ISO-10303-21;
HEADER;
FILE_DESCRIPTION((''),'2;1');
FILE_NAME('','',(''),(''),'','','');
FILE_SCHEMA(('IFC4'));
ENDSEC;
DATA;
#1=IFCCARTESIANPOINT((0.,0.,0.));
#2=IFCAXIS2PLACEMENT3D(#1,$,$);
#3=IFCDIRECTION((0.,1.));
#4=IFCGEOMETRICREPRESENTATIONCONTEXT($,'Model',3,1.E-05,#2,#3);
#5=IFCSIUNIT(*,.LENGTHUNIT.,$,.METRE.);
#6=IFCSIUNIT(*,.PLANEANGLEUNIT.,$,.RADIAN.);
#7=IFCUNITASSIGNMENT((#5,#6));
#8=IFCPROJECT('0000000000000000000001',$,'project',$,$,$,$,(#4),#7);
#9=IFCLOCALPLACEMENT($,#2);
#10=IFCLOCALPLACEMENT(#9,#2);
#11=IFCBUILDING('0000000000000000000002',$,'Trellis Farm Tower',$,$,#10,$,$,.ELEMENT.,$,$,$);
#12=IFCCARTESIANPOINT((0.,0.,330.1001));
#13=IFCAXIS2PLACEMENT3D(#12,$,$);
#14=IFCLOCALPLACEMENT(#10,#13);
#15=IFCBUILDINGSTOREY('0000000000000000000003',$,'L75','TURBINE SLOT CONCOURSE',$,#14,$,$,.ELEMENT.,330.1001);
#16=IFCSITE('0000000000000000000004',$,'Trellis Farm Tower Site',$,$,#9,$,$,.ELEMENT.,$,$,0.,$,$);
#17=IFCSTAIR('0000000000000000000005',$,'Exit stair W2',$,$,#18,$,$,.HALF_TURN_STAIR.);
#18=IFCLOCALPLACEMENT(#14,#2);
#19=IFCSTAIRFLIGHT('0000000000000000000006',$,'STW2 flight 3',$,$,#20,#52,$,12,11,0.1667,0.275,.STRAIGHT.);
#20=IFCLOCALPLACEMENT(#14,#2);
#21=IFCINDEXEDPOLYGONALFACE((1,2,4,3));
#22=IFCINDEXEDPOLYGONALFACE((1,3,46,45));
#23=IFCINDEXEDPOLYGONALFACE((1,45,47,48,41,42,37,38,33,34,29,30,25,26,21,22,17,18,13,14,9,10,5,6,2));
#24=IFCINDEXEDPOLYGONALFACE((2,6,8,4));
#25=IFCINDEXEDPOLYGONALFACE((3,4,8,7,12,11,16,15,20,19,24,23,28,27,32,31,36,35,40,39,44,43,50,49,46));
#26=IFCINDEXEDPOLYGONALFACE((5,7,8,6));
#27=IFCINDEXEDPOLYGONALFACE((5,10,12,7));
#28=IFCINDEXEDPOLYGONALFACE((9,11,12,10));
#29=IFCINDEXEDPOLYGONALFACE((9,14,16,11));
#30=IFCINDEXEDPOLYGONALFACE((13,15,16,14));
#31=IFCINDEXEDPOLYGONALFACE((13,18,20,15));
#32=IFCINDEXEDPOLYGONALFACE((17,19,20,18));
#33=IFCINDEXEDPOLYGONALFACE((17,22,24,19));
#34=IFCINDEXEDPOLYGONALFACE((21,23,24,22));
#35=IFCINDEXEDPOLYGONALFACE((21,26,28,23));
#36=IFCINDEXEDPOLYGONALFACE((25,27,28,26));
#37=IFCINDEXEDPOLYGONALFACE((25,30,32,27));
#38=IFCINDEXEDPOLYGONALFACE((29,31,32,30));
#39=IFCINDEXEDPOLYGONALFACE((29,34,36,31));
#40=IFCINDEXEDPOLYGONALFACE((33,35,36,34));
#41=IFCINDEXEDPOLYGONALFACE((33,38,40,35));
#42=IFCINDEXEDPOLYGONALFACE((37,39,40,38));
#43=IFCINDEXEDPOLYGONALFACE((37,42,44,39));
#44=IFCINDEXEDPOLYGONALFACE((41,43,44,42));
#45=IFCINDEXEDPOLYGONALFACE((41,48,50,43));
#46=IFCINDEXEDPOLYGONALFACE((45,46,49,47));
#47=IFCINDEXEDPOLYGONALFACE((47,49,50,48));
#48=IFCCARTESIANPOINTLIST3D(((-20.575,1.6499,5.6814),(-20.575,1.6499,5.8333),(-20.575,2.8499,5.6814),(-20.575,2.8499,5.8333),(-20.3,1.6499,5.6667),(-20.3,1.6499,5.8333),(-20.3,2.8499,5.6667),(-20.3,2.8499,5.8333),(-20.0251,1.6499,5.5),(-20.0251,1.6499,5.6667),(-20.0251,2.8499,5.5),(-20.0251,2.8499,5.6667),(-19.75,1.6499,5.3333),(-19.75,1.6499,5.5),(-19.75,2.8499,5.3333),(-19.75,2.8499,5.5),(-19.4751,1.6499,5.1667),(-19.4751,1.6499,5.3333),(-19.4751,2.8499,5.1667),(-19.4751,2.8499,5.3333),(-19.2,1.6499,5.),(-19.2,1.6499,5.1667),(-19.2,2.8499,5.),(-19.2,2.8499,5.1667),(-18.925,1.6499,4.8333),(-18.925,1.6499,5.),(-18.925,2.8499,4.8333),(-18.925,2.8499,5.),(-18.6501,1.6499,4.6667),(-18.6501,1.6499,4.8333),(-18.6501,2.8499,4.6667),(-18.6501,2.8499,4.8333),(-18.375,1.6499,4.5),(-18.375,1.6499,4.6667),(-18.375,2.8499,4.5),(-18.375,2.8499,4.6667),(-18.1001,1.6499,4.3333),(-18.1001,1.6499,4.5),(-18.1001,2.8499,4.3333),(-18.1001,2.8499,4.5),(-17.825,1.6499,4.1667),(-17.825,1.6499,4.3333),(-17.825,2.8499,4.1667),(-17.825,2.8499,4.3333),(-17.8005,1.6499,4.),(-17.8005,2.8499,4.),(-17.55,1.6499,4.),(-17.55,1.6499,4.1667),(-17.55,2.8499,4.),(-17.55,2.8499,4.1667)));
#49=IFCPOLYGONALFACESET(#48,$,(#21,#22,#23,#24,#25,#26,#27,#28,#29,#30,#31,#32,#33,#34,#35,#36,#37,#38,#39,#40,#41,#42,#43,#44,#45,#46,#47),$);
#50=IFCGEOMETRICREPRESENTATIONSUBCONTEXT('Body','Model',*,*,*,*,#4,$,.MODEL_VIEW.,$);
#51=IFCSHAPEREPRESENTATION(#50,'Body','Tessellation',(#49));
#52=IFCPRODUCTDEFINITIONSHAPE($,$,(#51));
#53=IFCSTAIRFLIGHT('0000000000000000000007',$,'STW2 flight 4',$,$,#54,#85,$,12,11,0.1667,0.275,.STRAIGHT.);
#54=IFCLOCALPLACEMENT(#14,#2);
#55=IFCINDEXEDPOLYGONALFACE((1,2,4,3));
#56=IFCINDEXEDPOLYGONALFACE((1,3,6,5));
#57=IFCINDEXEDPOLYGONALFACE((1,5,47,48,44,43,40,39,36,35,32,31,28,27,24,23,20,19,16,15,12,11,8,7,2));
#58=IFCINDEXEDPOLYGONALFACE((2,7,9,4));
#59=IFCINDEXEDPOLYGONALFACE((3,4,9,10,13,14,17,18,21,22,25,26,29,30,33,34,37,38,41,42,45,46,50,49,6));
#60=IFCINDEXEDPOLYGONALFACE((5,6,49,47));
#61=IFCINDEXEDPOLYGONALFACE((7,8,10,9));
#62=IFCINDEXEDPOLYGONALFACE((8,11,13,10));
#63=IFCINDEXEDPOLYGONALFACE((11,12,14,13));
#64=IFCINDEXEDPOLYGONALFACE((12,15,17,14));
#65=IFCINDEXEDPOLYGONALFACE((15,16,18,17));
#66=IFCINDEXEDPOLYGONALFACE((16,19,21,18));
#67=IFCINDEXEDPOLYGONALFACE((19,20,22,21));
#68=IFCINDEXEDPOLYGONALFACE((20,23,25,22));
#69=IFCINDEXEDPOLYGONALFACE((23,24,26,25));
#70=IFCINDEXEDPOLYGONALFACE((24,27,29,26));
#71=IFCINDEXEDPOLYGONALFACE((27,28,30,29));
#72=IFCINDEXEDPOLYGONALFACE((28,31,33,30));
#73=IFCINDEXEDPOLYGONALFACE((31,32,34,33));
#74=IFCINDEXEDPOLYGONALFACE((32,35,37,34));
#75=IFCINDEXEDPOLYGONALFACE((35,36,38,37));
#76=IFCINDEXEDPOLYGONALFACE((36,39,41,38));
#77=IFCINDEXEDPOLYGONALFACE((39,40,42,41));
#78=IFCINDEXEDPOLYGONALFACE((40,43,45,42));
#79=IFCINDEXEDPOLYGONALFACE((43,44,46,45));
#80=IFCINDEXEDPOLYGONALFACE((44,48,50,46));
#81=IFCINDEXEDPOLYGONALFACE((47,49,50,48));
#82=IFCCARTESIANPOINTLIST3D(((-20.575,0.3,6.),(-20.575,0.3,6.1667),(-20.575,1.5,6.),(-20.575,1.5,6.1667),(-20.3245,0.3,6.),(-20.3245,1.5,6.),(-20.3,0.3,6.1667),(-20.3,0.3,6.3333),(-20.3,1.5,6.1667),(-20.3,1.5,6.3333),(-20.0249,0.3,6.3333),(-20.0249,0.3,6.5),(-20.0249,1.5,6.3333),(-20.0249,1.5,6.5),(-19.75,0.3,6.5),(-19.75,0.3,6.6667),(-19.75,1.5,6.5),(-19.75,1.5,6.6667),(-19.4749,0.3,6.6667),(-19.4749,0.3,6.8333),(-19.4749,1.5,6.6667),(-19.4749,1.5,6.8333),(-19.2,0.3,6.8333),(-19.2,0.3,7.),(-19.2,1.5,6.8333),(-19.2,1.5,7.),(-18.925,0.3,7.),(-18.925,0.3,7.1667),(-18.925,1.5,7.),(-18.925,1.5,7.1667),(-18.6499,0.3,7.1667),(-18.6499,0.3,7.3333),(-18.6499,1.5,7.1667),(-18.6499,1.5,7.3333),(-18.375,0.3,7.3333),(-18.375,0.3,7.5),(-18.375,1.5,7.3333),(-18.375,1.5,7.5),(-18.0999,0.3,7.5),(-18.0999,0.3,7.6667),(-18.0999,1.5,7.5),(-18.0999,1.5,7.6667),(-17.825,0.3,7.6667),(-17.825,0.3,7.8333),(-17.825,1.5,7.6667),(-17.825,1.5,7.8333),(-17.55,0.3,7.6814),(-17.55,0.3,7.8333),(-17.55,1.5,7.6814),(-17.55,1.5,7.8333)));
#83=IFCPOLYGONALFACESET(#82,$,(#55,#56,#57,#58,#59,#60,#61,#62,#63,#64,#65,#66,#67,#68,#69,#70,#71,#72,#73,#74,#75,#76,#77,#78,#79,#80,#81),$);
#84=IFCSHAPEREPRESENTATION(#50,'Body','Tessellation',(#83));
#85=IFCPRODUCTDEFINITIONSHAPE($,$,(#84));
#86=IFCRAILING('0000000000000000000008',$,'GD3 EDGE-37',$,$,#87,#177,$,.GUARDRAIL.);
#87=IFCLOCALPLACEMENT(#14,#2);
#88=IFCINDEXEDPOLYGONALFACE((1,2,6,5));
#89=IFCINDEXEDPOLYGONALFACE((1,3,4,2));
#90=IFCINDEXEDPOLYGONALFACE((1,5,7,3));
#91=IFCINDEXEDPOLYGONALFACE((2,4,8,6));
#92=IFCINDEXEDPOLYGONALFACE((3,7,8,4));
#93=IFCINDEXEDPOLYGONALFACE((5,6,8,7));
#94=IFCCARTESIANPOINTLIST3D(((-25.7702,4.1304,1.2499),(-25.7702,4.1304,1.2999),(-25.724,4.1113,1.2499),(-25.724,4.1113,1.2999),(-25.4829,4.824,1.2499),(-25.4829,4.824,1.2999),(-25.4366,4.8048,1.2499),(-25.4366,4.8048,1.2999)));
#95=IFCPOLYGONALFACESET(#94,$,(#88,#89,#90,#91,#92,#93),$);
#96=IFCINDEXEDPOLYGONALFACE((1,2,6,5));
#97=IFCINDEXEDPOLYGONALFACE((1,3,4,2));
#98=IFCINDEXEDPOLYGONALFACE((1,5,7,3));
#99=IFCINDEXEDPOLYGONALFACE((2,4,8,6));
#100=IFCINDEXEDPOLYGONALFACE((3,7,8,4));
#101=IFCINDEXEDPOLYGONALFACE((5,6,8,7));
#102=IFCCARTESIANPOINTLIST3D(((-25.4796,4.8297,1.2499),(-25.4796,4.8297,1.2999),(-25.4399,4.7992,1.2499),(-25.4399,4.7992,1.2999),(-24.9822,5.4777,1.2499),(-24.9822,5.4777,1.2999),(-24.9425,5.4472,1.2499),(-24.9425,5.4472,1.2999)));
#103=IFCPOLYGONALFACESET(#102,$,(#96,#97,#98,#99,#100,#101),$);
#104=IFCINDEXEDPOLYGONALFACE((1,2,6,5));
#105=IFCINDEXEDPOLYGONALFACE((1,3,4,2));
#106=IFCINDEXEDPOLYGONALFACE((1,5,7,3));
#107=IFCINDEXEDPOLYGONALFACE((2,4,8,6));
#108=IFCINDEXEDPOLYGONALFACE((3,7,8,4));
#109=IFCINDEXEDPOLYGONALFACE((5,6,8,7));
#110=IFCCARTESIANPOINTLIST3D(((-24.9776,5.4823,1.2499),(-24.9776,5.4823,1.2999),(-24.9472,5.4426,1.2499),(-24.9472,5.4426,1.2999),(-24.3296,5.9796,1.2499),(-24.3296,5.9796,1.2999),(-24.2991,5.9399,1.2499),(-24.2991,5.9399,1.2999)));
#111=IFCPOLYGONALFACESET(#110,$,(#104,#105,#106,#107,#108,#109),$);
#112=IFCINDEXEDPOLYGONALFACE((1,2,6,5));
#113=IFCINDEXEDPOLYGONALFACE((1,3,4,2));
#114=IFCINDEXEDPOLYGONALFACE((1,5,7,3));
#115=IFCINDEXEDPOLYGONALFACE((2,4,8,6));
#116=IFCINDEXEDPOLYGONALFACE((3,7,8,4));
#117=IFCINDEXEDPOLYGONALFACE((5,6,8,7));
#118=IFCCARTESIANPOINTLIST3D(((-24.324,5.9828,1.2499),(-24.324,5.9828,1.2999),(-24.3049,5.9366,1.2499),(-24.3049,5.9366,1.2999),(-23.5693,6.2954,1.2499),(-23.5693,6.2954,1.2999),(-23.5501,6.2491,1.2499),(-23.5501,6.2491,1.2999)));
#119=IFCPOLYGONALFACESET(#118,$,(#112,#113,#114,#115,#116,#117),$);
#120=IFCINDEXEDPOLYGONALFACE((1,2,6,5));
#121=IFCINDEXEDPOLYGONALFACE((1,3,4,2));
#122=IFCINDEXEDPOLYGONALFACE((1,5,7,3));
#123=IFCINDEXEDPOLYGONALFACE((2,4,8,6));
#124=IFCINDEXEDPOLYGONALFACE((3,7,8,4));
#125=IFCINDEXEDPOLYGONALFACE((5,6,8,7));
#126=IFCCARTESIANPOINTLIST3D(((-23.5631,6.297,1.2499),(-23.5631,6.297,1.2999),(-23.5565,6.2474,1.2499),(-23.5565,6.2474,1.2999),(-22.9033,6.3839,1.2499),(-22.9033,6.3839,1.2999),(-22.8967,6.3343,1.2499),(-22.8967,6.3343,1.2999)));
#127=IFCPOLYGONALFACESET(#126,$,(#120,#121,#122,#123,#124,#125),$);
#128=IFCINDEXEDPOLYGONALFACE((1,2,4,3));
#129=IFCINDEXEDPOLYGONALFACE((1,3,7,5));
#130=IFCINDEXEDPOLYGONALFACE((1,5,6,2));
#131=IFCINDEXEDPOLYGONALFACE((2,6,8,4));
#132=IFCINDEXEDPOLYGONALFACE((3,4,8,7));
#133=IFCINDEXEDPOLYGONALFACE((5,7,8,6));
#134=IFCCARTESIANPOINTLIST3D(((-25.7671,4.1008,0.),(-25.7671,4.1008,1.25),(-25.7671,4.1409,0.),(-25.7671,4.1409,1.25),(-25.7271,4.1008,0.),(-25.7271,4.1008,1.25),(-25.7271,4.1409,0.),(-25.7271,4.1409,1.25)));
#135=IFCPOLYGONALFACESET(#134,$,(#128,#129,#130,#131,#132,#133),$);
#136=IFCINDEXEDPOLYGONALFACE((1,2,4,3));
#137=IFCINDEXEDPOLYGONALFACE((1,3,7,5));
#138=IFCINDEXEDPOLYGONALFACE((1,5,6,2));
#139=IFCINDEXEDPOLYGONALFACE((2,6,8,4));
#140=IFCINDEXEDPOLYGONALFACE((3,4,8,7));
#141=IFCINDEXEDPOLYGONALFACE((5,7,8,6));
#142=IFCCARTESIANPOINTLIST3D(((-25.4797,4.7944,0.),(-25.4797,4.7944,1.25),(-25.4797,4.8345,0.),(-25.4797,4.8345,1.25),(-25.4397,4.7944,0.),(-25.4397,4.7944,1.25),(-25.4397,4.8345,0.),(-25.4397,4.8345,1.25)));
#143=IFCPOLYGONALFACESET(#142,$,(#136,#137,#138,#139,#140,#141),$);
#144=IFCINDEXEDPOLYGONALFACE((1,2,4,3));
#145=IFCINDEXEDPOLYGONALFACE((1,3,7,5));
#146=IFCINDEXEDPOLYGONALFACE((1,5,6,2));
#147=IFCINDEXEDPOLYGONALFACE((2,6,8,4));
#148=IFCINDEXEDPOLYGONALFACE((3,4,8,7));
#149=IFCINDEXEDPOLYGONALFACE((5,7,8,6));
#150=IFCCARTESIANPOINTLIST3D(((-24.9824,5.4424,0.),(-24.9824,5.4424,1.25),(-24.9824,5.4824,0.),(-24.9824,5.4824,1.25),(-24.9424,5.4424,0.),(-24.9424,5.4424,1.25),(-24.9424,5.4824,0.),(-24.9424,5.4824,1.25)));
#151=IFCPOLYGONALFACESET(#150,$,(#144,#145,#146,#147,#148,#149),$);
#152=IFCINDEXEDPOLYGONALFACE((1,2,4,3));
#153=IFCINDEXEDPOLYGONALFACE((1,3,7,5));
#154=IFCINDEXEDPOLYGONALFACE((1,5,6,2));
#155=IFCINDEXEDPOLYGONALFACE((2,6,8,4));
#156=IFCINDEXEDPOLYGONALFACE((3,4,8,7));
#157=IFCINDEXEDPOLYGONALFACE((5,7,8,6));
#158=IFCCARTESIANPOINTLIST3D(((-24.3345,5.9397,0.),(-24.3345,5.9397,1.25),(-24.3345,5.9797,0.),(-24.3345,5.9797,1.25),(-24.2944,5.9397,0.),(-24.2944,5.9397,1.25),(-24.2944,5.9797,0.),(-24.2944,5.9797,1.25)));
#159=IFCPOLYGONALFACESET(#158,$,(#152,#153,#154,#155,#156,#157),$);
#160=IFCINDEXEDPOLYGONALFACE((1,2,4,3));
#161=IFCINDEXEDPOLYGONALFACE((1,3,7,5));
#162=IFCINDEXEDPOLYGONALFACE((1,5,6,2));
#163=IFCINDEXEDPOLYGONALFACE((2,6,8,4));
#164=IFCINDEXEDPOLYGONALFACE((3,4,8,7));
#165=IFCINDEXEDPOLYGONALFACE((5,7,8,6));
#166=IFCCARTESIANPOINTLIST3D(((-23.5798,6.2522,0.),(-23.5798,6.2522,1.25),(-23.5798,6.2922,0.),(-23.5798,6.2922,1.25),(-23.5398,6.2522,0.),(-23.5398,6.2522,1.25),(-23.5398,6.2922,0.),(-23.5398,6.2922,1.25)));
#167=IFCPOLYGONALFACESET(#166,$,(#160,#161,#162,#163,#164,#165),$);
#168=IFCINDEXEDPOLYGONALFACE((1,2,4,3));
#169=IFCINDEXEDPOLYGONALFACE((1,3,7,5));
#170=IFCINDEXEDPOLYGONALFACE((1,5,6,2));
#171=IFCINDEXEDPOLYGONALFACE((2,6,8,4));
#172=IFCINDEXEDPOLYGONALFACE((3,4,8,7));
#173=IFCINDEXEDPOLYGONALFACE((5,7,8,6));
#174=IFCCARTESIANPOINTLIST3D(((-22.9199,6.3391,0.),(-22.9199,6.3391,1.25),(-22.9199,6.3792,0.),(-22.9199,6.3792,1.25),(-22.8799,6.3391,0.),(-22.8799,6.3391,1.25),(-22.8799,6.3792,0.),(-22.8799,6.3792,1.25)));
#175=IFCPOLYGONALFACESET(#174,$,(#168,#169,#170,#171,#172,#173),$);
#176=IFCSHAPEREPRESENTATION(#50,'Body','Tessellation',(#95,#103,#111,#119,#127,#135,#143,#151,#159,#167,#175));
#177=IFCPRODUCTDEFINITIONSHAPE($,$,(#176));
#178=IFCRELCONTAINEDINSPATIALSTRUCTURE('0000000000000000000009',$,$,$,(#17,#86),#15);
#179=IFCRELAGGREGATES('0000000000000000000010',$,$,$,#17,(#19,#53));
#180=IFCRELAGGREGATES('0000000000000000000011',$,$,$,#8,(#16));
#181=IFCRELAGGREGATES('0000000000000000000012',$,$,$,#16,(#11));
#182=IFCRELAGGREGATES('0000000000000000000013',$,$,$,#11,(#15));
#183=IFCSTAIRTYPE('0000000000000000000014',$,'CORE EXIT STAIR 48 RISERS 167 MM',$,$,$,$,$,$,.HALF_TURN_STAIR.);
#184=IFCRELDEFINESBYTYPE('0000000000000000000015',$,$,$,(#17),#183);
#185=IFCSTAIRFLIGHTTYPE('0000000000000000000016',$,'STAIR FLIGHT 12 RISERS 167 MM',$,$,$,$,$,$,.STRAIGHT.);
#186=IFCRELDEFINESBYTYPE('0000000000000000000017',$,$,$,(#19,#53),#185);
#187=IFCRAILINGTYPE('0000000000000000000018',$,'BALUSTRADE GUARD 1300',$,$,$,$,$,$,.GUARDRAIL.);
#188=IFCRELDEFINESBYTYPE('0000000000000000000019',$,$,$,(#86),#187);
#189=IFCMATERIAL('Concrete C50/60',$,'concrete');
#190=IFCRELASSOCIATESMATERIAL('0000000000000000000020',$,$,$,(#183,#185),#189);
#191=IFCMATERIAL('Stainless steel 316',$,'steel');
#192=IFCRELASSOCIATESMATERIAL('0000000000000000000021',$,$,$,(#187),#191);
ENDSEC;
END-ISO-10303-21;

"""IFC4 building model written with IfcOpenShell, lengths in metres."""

from ifc_helpers import new_model, si_unit, direction, frame, origin, origin_2d, place, context, subcontext, project, spatial, polyline, rectangle, outline, extrude, source, transform, mapped, material, type_object, element, aggregate, save


model = new_model("IFC4")

# Units and contexts
model_context = context("Model", 3, precision=1e-05, world=origin(), true_north=direction((0.0, 1.0)))
body_context = subcontext(model_context, "Body", "Model", "MODEL_VIEW")
ifc_project = project(units=[si_unit("LENGTHUNIT", "METRE"), si_unit("PLANEANGLEUNIT", "RADIAN")], contexts=[model_context])

# Site, building, storey
site_placement = place(None, origin())
site = spatial("IfcSite", under=ifc_project, at=site_placement, Name="Trellis Farm Tower Site", CompositionType="ELEMENT", RefElevation=0.0)
building_placement = place(site_placement, origin())
building = spatial("IfcBuilding", under=site, at=building_placement, Name="Trellis Farm Tower", CompositionType="ELEMENT")
storey_placement = place(building_placement, frame((0.0, 0.0, 330.1001)))
storey = spatial("IfcBuildingStorey", under=building, at=storey_placement, Name="L75", Description="TURBINE SLOT CONCOURSE", CompositionType="ELEMENT", Elevation=330.1001)

# Shared definitions
ifc_material_1 = material(Name="Concrete C50/60", Category="concrete")

# Stair, stair flights
stair_type = type_object("IfcStairType", Name="CORE EXIT STAIR 48 RISERS 167 MM", PredefinedType="HALF_TURN_STAIR", material=ifc_material_1)
placement = place(storey_placement, origin())
stair_flight_type = type_object("IfcStairFlightType", Name="STAIR FLIGHT 12 RISERS 167 MM", PredefinedType="STRAIGHT", material=ifc_material_1)
shared_shape_1 = source(origin(), body_context, "Body", "SweptSolid", [
    extrude(outline(polyline([(0.0, 0.0), (0.0, 0.1667), (0.2749, 0.1667), (0.2749, 0.3333), (0.55, 0.3333), (0.55, 0.5), (0.825, 0.5), (0.825, 0.6667), (1.1001, 0.6667), (1.1001, 0.8333), (1.375, 0.8333), (1.375, 1.0), (1.6499, 1.0), (1.6499, 1.1667), (1.925, 1.1667), (1.925, 1.3333), (2.2, 1.3333), (2.2, 1.5), (2.4751, 1.5), (2.4751, 1.6667), (2.75, 1.6667), (2.75, 1.8333), (3.0249, 1.8333), (3.0249, 2.0), (3.0249, 1.6814), (0.2505, 0.0), (0.0, 0.0)])), frame((0.0, 0.6001, 0.0), z_axis=(0.0, -1.0, 0.0), x_axis=(1.0, 0.0, 0.0)), (0.0, 0.0, 1.0), 1.2),
])
stair_1 = element("IfcStair", 1, at=placement, inside=storey, type_object=stair_type, Name="Exit stair W2", PredefinedType="HALF_TURN_STAIR")
stair_flight_1_placement = place(storey_placement, frame((-17.55, 2.25, 4.0), z_axis=(0.0, 0.0, 1.0), x_axis=(-1.0, 0.0, 0.0)))
stair_flight_1 = element("IfcStairFlight", 2, at=stair_flight_1_placement, type_object=stair_flight_type, Name="STW2 flight 3", NumberOfRisers=12, NumberOfTreads=11, PredefinedType="STRAIGHT", RiserHeight=0.1667, TreadLength=0.275, context=body_context, shape_type="MappedRepresentation", body=[
    mapped(shared_shape_1, transform((0.0, 0.0, 0.0))),
])
stair_flight_2_placement = place(storey_placement, frame((-20.575, 0.8999, 6.0), z_axis=(0.0, 0.0, 1.0), x_axis=(1.0, 0.0, 0.0)))
stair_flight_2 = element("IfcStairFlight", 3, at=stair_flight_2_placement, type_object=stair_flight_type, Name="STW2 flight 4", NumberOfRisers=12, NumberOfTreads=11, PredefinedType="STRAIGHT", RiserHeight=0.1667, TreadLength=0.275, context=body_context, shape_type="MappedRepresentation", body=[
    mapped(shared_shape_1, transform((0.0, 0.0, 0.0))),
])
aggregate(stair_1, [stair_flight_1, stair_flight_2])

# Railing
ifc_material_2 = material(Name="Stainless steel 316", Category="steel")
railing_type_1 = type_object("IfcRailingType", Name="BALUSTRADE GUARD 1300", PredefinedType="GUARDRAIL", material=ifc_material_2)
railing_1_placement = place(storey_placement, frame((-25.7471, 4.1208, 0.0)))
element("IfcRailing", 4, at=railing_1_placement, inside=storey, type_object=railing_type_1, Name="GD3 EDGE-37", PredefinedType="GUARDRAIL", context=body_context, shape_type="SweptSolid", body=[
    extrude(rectangle(XDim=0.05, YDim=0.05, at=origin_2d()), frame((0.0, 0.0, 1.2749), z_axis=(0.382744, 0.923854, 0.0), x_axis=(-0.923854, 0.382744, 0.0)), (0.0, 0.0, 1.0), 0.7507),
    extrude(rectangle(XDim=0.05, YDim=0.05, at=origin_2d()), frame((0.2874, 0.6936, 1.2749), z_axis=(0.608858, 0.793279, 0.0), x_axis=(-0.793279, 0.608858, 0.0)), (0.0, 0.0, 1.0), 0.8169),
    extrude(rectangle(XDim=0.05, YDim=0.05, at=origin_2d()), frame((0.7847, 1.3416, 1.2749), z_axis=(0.793279, 0.608858, 0.0), x_axis=(-0.608858, 0.793279, 0.0)), (0.0, 0.0, 1.0), 0.8169),
    extrude(rectangle(XDim=0.05, YDim=0.05, at=origin_2d()), frame((1.4326, 1.8389, 1.2749), z_axis=(0.923915, 0.382598, 0.0), x_axis=(-0.382598, 0.923915, 0.0)), (0.0, 0.0, 1.0), 0.8169),
    extrude(rectangle(XDim=0.05, YDim=0.05, at=origin_2d()), frame((2.1873, 2.1514, 1.2749), z_axis=(0.991438, 0.130578, 0.0), x_axis=(-0.130578, 0.991438, 0.0)), (0.0, 0.0, 1.0), 0.6655),
    extrude(rectangle(XDim=0.04, YDim=0.04, at=origin_2d()), origin(), (0.0, 0.0, 1.0), 1.25),
    extrude(rectangle(XDim=0.04, YDim=0.04, at=origin_2d()), frame((0.2874, 0.6936, 0.0)), (0.0, 0.0, 1.0), 1.25),
    extrude(rectangle(XDim=0.04, YDim=0.04, at=origin_2d()), frame((0.7847, 1.3416, 0.0)), (0.0, 0.0, 1.0), 1.25),
    extrude(rectangle(XDim=0.04, YDim=0.04, at=origin_2d()), frame((1.4326, 1.8389, 0.0)), (0.0, 0.0, 1.0), 1.25),
    extrude(rectangle(XDim=0.04, YDim=0.04, at=origin_2d()), frame((2.1873, 2.1514, 0.0)), (0.0, 0.0, 1.0), 1.25),
    extrude(rectangle(XDim=0.04, YDim=0.04, at=origin_2d()), frame((2.8472, 2.2383, 0.0)), (0.0, 0.0, 1.0), 1.25),
])

save(model, "model.ifc")
